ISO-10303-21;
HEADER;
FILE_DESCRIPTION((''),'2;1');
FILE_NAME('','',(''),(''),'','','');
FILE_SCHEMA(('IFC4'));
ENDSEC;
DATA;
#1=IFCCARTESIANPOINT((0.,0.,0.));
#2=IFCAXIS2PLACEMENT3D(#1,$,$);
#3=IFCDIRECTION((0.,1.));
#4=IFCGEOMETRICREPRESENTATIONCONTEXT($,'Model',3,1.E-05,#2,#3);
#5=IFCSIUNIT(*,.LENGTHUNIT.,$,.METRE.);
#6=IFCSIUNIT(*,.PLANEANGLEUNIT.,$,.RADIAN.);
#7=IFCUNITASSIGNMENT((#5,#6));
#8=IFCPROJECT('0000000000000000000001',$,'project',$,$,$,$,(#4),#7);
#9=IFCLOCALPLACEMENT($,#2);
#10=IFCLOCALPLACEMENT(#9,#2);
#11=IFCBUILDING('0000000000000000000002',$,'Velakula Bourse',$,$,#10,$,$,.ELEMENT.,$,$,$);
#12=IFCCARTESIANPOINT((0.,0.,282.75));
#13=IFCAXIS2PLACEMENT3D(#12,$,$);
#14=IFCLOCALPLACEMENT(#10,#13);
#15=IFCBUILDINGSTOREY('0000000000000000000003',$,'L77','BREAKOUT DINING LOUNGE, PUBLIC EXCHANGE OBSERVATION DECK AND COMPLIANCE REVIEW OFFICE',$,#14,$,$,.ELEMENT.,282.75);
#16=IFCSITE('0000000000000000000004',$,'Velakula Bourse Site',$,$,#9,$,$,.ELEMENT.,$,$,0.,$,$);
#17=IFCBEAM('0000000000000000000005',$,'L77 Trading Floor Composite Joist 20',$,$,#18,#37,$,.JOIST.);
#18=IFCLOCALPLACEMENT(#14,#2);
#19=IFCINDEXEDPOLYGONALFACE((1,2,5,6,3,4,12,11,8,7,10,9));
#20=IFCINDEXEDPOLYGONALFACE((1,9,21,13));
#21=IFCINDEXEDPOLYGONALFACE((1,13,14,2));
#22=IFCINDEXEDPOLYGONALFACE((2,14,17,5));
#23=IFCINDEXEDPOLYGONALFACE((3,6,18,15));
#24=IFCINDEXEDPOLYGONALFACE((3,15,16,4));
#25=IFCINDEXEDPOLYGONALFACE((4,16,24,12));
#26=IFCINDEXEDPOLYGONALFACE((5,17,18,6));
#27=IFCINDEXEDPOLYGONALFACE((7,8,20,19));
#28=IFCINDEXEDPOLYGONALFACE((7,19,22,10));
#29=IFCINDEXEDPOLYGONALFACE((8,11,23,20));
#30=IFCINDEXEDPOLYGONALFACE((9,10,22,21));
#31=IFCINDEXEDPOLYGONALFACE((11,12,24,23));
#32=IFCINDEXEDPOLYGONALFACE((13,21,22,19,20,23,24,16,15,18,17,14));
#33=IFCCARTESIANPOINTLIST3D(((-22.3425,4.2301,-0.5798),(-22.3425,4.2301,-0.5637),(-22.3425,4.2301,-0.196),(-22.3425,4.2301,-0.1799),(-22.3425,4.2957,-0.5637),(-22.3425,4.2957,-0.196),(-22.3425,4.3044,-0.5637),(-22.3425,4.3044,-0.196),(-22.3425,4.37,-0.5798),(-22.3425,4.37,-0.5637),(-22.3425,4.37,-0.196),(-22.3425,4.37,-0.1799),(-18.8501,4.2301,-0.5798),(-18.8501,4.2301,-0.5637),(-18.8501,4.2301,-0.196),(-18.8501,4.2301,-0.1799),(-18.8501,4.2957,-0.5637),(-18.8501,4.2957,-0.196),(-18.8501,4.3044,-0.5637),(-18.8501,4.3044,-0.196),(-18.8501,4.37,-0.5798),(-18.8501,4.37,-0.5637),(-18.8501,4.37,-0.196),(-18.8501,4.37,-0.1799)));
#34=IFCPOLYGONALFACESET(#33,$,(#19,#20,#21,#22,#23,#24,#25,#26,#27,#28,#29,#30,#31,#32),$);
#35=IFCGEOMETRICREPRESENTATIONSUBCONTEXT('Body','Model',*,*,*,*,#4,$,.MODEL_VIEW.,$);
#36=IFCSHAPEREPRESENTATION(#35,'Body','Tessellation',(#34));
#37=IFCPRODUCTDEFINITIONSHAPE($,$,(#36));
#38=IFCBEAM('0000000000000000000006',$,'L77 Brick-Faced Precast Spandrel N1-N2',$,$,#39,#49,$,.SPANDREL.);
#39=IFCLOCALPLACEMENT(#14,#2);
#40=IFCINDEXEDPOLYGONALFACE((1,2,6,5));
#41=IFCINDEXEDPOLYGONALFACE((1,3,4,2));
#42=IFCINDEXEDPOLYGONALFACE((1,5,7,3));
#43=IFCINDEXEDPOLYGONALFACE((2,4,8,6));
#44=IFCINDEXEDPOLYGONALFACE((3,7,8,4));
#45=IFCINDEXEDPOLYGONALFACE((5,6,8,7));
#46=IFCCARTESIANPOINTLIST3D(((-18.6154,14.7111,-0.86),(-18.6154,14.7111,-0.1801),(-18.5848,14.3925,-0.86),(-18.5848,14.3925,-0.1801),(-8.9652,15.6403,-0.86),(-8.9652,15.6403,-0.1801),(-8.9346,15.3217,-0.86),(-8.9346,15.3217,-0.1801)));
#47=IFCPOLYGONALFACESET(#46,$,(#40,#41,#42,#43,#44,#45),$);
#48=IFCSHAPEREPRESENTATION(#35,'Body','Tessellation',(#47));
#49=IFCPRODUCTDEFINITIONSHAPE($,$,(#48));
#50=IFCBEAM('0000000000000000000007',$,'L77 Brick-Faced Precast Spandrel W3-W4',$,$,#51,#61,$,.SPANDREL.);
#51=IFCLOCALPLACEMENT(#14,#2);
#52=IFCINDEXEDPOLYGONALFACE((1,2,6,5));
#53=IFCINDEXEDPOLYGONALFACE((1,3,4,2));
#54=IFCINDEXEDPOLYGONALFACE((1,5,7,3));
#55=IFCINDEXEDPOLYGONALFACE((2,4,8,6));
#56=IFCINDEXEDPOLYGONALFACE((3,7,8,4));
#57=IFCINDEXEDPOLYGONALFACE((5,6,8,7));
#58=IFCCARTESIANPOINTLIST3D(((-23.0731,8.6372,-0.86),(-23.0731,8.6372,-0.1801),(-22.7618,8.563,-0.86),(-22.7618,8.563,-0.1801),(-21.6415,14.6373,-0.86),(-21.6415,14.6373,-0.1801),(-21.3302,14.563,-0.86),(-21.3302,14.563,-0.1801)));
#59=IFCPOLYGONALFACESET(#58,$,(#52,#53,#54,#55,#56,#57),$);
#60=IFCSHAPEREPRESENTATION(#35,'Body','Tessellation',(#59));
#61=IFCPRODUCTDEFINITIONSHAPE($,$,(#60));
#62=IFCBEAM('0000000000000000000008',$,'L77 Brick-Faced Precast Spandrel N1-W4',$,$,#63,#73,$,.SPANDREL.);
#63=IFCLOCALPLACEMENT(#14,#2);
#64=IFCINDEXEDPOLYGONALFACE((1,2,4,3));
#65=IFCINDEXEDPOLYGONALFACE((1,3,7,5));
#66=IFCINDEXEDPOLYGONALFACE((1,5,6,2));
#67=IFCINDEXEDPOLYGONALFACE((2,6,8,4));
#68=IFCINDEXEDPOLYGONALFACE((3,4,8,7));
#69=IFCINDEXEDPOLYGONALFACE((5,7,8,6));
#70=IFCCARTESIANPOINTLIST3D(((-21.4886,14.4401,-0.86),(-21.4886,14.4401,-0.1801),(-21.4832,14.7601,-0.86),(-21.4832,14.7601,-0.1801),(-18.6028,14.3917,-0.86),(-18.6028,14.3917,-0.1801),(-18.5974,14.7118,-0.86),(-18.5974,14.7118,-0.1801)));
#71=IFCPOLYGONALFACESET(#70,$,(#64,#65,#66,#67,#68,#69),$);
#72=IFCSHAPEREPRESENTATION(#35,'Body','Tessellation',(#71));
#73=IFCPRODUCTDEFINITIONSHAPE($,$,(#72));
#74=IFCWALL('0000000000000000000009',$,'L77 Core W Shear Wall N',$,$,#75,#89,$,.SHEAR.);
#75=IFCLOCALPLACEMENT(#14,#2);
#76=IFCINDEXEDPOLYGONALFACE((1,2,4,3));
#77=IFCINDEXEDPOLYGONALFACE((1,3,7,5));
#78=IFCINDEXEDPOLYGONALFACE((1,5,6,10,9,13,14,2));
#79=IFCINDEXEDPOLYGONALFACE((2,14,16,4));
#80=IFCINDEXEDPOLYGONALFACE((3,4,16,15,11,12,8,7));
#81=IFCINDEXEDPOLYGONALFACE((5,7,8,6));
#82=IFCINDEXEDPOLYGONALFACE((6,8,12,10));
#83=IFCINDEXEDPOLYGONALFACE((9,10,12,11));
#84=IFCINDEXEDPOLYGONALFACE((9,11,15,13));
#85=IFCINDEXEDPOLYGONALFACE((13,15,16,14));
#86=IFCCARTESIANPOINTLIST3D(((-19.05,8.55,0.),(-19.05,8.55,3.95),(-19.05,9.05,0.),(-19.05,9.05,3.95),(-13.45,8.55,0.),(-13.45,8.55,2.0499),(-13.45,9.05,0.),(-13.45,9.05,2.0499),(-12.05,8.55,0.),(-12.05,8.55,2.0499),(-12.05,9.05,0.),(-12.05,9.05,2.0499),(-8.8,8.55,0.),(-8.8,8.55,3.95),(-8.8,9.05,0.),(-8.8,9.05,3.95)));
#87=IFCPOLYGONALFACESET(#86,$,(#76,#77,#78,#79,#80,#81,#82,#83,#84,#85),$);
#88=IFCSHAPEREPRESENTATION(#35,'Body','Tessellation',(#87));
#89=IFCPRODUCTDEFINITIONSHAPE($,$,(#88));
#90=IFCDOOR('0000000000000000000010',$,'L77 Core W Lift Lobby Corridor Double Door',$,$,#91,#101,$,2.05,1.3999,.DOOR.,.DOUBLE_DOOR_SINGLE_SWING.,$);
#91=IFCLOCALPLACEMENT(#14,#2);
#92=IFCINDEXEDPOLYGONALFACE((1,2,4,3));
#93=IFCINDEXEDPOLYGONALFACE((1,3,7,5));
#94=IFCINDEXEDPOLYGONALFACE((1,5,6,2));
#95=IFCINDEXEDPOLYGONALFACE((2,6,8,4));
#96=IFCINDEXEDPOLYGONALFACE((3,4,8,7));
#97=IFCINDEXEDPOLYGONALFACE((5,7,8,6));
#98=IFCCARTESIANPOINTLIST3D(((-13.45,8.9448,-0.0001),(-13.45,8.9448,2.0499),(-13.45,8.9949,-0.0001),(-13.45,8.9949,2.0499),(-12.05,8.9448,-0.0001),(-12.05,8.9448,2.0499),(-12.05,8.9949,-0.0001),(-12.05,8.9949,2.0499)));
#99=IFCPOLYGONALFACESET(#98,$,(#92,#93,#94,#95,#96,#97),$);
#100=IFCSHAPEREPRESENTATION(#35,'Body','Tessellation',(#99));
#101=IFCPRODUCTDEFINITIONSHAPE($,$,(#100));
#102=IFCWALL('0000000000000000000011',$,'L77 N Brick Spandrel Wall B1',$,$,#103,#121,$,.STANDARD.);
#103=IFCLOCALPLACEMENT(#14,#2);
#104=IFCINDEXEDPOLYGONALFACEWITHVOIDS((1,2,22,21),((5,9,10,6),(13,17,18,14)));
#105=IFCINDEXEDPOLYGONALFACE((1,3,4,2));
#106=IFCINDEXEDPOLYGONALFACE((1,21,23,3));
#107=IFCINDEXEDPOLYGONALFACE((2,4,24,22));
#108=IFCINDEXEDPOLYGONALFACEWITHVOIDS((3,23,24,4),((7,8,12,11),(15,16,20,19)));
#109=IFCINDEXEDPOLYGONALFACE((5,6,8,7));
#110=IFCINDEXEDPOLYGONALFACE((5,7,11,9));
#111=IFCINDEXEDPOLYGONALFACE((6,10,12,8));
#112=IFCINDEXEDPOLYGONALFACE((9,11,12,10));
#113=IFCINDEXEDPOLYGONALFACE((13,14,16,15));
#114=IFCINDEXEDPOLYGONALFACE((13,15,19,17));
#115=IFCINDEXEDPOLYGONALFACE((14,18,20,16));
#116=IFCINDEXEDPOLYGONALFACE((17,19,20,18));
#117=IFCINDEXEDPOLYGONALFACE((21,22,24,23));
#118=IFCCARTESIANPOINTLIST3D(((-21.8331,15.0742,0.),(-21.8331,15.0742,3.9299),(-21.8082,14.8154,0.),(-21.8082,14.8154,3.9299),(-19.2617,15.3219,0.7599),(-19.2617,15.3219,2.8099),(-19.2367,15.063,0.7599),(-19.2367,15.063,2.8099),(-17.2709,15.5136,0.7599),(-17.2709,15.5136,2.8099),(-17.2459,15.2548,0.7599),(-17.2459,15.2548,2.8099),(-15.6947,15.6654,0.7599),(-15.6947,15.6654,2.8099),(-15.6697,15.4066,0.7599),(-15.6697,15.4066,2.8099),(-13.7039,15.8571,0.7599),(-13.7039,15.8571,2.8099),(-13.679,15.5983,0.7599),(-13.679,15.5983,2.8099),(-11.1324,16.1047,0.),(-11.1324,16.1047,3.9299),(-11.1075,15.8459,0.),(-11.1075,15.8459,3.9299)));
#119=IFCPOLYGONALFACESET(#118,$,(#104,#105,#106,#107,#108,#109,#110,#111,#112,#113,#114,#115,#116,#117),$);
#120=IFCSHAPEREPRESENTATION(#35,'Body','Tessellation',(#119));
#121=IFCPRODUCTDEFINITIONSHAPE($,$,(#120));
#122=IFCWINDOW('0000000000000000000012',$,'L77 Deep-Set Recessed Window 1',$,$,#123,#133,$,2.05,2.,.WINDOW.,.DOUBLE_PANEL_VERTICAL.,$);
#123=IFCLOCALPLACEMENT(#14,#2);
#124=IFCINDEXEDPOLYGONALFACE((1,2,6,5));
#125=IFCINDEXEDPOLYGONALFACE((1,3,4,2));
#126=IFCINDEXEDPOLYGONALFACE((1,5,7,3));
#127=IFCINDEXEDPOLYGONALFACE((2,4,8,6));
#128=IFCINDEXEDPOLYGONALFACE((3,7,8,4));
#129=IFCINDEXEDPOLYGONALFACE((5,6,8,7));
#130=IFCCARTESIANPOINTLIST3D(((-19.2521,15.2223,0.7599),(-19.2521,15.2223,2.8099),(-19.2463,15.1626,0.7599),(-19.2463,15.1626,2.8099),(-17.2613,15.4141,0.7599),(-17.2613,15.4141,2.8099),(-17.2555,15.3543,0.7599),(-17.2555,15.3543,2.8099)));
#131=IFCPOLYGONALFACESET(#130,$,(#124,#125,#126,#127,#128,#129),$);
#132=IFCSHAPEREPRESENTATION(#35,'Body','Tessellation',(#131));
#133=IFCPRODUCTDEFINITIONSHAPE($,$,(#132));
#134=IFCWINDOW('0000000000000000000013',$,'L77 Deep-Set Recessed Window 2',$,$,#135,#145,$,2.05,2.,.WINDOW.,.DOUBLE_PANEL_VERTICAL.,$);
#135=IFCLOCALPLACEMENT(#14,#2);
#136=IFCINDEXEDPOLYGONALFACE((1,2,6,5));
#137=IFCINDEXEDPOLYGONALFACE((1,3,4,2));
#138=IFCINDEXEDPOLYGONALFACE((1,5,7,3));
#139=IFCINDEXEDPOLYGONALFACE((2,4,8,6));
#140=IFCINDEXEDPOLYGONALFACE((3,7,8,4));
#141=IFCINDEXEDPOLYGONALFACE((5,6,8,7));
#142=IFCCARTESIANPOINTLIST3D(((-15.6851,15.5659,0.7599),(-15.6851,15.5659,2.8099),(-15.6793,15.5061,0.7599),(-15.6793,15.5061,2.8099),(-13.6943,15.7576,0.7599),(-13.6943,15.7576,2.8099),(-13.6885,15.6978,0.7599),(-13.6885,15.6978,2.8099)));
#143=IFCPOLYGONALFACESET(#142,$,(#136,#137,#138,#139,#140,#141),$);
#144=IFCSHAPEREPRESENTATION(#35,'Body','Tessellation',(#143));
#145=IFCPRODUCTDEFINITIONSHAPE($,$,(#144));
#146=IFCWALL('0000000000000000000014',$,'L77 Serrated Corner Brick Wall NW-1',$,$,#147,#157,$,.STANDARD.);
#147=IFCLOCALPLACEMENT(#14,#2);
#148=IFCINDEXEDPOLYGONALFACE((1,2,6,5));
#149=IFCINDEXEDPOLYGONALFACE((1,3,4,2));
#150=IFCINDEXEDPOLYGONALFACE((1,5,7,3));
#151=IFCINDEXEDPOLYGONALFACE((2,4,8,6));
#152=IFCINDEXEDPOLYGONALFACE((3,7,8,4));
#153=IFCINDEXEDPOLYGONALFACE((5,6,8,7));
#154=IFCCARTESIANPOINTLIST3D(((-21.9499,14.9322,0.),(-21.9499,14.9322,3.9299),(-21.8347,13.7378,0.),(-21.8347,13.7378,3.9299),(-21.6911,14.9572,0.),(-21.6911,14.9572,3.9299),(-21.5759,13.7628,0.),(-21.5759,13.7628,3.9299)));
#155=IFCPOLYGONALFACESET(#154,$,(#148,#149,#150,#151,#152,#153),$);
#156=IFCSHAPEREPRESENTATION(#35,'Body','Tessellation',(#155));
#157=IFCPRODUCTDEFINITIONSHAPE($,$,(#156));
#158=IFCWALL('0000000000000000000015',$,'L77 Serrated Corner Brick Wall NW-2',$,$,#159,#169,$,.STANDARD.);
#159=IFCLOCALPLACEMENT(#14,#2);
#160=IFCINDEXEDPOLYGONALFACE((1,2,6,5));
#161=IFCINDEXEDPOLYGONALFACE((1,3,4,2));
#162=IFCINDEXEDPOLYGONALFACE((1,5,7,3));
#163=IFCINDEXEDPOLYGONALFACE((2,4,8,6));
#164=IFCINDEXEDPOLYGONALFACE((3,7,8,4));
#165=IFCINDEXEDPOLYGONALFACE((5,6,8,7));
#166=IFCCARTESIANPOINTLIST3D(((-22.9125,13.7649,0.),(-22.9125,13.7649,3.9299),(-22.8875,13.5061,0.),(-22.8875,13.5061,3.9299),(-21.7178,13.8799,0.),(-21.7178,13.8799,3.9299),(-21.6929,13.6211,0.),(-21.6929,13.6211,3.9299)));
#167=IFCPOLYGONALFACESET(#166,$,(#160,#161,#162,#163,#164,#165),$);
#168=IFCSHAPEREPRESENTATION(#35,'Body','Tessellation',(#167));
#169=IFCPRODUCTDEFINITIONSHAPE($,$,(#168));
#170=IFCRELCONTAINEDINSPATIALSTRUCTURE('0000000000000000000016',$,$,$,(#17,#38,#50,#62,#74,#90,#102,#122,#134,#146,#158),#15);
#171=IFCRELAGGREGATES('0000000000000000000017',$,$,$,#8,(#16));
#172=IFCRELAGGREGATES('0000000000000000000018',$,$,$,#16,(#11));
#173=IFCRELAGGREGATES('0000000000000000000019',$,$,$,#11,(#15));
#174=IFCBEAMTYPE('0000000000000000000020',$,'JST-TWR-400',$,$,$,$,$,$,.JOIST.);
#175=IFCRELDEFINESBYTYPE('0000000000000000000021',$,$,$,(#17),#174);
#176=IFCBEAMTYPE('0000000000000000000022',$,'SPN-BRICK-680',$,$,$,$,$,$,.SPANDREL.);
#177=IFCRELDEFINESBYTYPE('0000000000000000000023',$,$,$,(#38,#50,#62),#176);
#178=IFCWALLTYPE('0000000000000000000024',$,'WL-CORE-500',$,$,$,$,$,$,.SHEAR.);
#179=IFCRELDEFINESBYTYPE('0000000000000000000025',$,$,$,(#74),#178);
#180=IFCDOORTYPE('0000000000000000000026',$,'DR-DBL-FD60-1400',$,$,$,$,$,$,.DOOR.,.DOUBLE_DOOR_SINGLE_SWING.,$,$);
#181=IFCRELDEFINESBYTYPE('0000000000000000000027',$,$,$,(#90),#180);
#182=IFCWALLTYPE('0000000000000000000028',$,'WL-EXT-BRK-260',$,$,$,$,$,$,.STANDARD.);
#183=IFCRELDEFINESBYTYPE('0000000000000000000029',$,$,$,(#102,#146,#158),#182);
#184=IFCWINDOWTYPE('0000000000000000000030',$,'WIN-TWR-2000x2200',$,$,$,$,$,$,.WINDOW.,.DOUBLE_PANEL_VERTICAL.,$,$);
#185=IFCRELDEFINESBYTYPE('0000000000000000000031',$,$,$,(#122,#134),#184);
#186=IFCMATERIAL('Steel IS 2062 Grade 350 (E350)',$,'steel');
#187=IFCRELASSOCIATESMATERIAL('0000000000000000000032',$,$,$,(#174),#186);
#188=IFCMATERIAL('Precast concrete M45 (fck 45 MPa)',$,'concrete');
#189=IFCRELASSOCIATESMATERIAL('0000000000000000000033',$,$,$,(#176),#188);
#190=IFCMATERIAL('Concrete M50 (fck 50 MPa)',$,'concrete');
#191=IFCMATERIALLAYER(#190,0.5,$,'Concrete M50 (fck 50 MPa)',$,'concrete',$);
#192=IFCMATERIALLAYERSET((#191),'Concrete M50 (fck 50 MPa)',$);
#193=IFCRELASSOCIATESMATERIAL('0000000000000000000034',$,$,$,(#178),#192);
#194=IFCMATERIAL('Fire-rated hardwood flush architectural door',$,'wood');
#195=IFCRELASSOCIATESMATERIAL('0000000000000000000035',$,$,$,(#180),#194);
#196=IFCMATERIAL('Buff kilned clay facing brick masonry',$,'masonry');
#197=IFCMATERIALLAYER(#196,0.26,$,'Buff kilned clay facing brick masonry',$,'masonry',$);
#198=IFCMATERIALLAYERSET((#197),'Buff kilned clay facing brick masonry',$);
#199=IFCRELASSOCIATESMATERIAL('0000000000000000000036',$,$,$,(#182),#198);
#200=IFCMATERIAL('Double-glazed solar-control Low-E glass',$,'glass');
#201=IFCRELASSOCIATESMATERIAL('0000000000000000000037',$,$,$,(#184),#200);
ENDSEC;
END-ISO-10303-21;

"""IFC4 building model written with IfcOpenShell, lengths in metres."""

from ifc_helpers import new_model, si_unit, direction, frame, frame_2d, origin, origin_2d, place, context, subcontext, project, spatial, rectangle, i_section, extrude, material, layer, layer_set, material_profile, profile_set, type_object, element, fill, save


model = new_model("IFC4")

# Units and contexts
model_context = context("Model", 3, precision=1e-05, world=origin(), true_north=direction((0.0, 1.0)))
body_context = subcontext(model_context, "Body", "Model", "MODEL_VIEW")
ifc_project = project(units=[si_unit("LENGTHUNIT", "METRE"), si_unit("PLANEANGLEUNIT", "RADIAN")], contexts=[model_context])

# Site, building, storey
site_placement = place(None, origin())
site = spatial("IfcSite", under=ifc_project, at=site_placement, Name="Velakula Bourse Site", CompositionType="ELEMENT", RefElevation=0.0)
building_placement = place(site_placement, origin())
building = spatial("IfcBuilding", under=site, at=building_placement, Name="Velakula Bourse", CompositionType="ELEMENT")
storey_placement = place(building_placement, frame((0.0, 0.0, 282.75)))
storey = spatial("IfcBuildingStorey", under=building, at=storey_placement, Name="L77", Description="BREAKOUT DINING LOUNGE, PUBLIC EXCHANGE OBSERVATION DECK AND COMPLIANCE REVIEW OFFICE", CompositionType="ELEMENT", Elevation=282.75)

# Shared definitions
ifc_material_1 = material(Name="Concrete M50 (fck 50 MPa)", Category="concrete")
ifc_material_2 = material(Name="Steel IS 2062 Grade 350 (E350)", Category="steel")

# Beams
ifc_material_profile_1 = material_profile(ifc_material_2, i_section(OverallWidth=0.1399, OverallDepth=0.3999, WebThickness=0.0088, FlangeThickness=0.0161, at=origin_2d()), Name="Steel IS 2062 Grade 350 (E350)")
ifc_profile_set_1 = profile_set([ifc_material_profile_1], Name="Steel IS 2062 Grade 350 (E350)")
beam_type_1 = type_object("IfcBeamType", Name="JST-TWR-400", PredefinedType="JOIST", material=ifc_profile_set_1)
beam_1_placement = place(storey_placement, frame((-22.3425, 4.3, -0.3799), z_axis=(1.0, 0.0, 0.0), x_axis=(0.0, 1.0, 0.0)))
element("IfcBeam", 1, at=beam_1_placement, inside=storey, type_object=beam_type_1, Name="L77 Trading Floor Composite Joist 20", PredefinedType="JOIST", context=body_context, shape_type="SweptSolid", body=[
    extrude(i_section(OverallWidth=0.1399, OverallDepth=0.3999, WebThickness=0.0088, FlangeThickness=0.0161, at=origin_2d()), origin(), (0.0, 0.0, 1.0), 3.4924),
])
ifc_material_3 = material(Name="Precast concrete M45 (fck 45 MPa)", Category="concrete")
ifc_material_profile_2 = material_profile(ifc_material_3, rectangle(XDim=0.3201, YDim=0.6799, at=origin_2d()), Name="Precast concrete M45 (fck 45 MPa)")
ifc_profile_set_2 = profile_set([ifc_material_profile_2], Name="Precast concrete M45 (fck 45 MPa)")
beam_type_2 = type_object("IfcBeamType", Name="SPN-BRICK-680", PredefinedType="SPANDREL", material=ifc_profile_set_2)
beam_2_placement = place(storey_placement, frame((-18.6001, 14.5518, -0.52), z_axis=(0.995396, 0.095845, 0.0), x_axis=(-0.095845, 0.995396, 0.0)))
element("IfcBeam", 2, at=beam_2_placement, inside=storey, type_object=beam_type_2, Name="L77 Brick-Faced Precast Spandrel N1-N2", PredefinedType="SPANDREL", context=body_context, shape_type="SweptSolid", body=[
    extrude(rectangle(XDim=0.3201, YDim=0.6799, at=origin_2d()), origin(), (0.0, 0.0, 1.0), 9.6948),
])
beam_3_placement = place(storey_placement, frame((-22.9175, 8.6001, -0.52), z_axis=(0.232091, 0.972694, 0.0), x_axis=(-0.972694, 0.232091, 0.0)))
element("IfcBeam", 3, at=beam_3_placement, inside=storey, type_object=beam_type_2, Name="L77 Brick-Faced Precast Spandrel W3-W4", PredefinedType="SPANDREL", context=body_context, shape_type="SweptSolid", body=[
    extrude(rectangle(XDim=0.3201, YDim=0.6799, at=origin_2d()), origin(), (0.0, 0.0, 1.0), 6.1685),
])
beam_4_placement = place(storey_placement, frame((-18.6001, 14.5518, -0.52), z_axis=(-0.99986, 0.016749, 0.0), x_axis=(-0.016749, -0.99986, 0.0)))
element("IfcBeam", 4, at=beam_4_placement, inside=storey, type_object=beam_type_2, Name="L77 Brick-Faced Precast Spandrel N1-W4", PredefinedType="SPANDREL", context=body_context, shape_type="SweptSolid", body=[
    extrude(rectangle(XDim=0.3201, YDim=0.6799, at=origin_2d()), origin(), (0.0, 0.0, 1.0), 2.8862),
])

# Wall, opening, door
ifc_layer_1 = layer(ifc_material_1, 0.5, Name="Concrete M50 (fck 50 MPa)", Category="concrete")
ifc_layer_set_1 = layer_set([ifc_layer_1], Name="Concrete M50 (fck 50 MPa)")
wall_type_1 = type_object("IfcWallType", Name="WL-CORE-500", PredefinedType="SHEAR", material=ifc_layer_set_1)
wall_1_placement = place(storey_placement, frame((-19.05, 8.8, 0.0), z_axis=(0.0, 0.0, 1.0), x_axis=(1.0, 0.0, 0.0)))
wall_1 = element("IfcWall", 5, at=wall_1_placement, inside=storey, type_object=wall_type_1, Name="L77 Core W Shear Wall N", PredefinedType="SHEAR", context=body_context, shape_type="SweptSolid", body=[
    extrude(rectangle(XDim=10.25, YDim=0.5, at=frame_2d((5.125, 0.0))), origin(), (0.0, 0.0, 1.0), 3.95),
])
opening_1_placement = place(wall_1_placement, frame((5.6001, 0.0, 0.0)))
opening_1 = element("IfcOpeningElement", 6, at=opening_1_placement, cuts=wall_1, PredefinedType="OPENING", context=body_context, shape_type="SweptSolid", body=[
    extrude(rectangle(XDim=1.3999, YDim=2.05, at=frame_2d((0.7, 1.0249))), frame((0.0, 0.26, 0.0), z_axis=(0.0, -1.0, 0.0), x_axis=(1.0, 0.0, 0.0)), (0.0, 0.0, 1.0), 0.52),
])
ifc_material_4 = material(Name="Fire-rated hardwood flush architectural door", Category="wood")
door_type_1 = type_object("IfcDoorType", Name="DR-DBL-FD60-1400", OperationType="DOUBLE_DOOR_SINGLE_SWING", PredefinedType="DOOR", material=ifc_material_4)
door_1_placement = place(opening_1_placement, origin())
door_1 = element("IfcDoor", 7, at=door_1_placement, inside=storey, type_object=door_type_1, Name="L77 Core W Lift Lobby Corridor Double Door", OperationType="DOUBLE_DOOR_SINGLE_SWING", OverallHeight=2.05, OverallWidth=1.3999, PredefinedType="DOOR", context=body_context, shape_type="SweptSolid", body=[
    extrude(rectangle(XDim=1.3999, YDim=2.05, at=frame_2d((0.7, 1.0249))), frame((0.0, 0.1948, 0.0), z_axis=(0.0, -1.0, 0.0), x_axis=(1.0, 0.0, 0.0)), (0.0, 0.0, 1.0), 0.05),
])
fill(opening_1, door_1)

# Wall, openings, windows
ifc_material_5 = material(Name="Buff kilned clay facing brick masonry", Category="masonry")
ifc_layer_2 = layer(ifc_material_5, 0.26, Name="Buff kilned clay facing brick masonry", Category="masonry")
ifc_layer_set_2 = layer_set([ifc_layer_2], Name="Buff kilned clay facing brick masonry")
wall_type_2 = type_object("IfcWallType", Name="WL-EXT-BRK-260", PredefinedType="STANDARD", material=ifc_layer_set_2)
wall_2_placement = place(storey_placement, frame((-21.8206, 14.9448, 0.0), z_axis=(0.0, 0.0, 1.0), x_axis=(0.995395, 0.09586, 0.0)))
wall_2 = element("IfcWall", 8, at=wall_2_placement, inside=storey, type_object=wall_type_2, Name="L77 N Brick Spandrel Wall B1", PredefinedType="STANDARD", context=body_context, shape_type="SweptSolid", body=[
    extrude(rectangle(XDim=10.7502, YDim=0.26, at=frame_2d((5.375, 0.0))), origin(), (0.0, 0.0, 1.0), 3.9299),
])
opening_2_placement = place(wall_2_placement, frame((2.5833, 0.0, 0.76)))
opening_2 = element("IfcOpeningElement", 9, at=opening_2_placement, cuts=wall_2, PredefinedType="OPENING", context=body_context, shape_type="SweptSolid", body=[
    extrude(rectangle(XDim=2.0, YDim=2.05, at=frame_2d((1.0, 1.0249))), frame((0.0, 0.1399, 0.0), z_axis=(0.0, -1.0, 0.0), x_axis=(1.0, 0.0, 0.0)), (0.0, 0.0, 1.0), 0.28),
])
opening_3_placement = place(wall_2_placement, frame((6.1667, 0.0, 0.76)))
opening_3 = element("IfcOpeningElement", 10, at=opening_3_placement, cuts=wall_2, PredefinedType="OPENING", context=body_context, shape_type="SweptSolid", body=[
    extrude(rectangle(XDim=2.0, YDim=2.05, at=frame_2d((1.0, 1.0249))), frame((0.0, 0.1399, 0.0), z_axis=(0.0, -1.0, 0.0), x_axis=(1.0, 0.0, 0.0)), (0.0, 0.0, 1.0), 0.28),
])
ifc_material_6 = material(Name="Double-glazed solar-control Low-E glass", Category="glass")
window_type = type_object("IfcWindowType", Name="WIN-TWR-2000x2200", PartitioningType="DOUBLE_PANEL_VERTICAL", PredefinedType="WINDOW", material=ifc_material_6)
window_1_placement = place(opening_2_placement, origin())
window_1 = element("IfcWindow", 11, at=window_1_placement, inside=storey, type_object=window_type, Name="L77 Deep-Set Recessed Window 1", OverallHeight=2.05, OverallWidth=2.0, PartitioningType="DOUBLE_PANEL_VERTICAL", PredefinedType="WINDOW", context=body_context, shape_type="SweptSolid", body=[
    extrude(rectangle(XDim=2.0, YDim=2.05, at=frame_2d((1.0, 1.0249))), frame((0.0, 0.03, 0.0), z_axis=(0.0, -1.0, 0.0), x_axis=(1.0, 0.0, 0.0)), (0.0, 0.0, 1.0), 0.0601),
])
fill(opening_2, window_1)
window_2_placement = place(opening_3_placement, origin())
window_2 = element("IfcWindow", 12, at=window_2_placement, inside=storey, type_object=window_type, Name="L77 Deep-Set Recessed Window 2", OverallHeight=2.05, OverallWidth=2.0, PartitioningType="DOUBLE_PANEL_VERTICAL", PredefinedType="WINDOW", context=body_context, shape_type="SweptSolid", body=[
    extrude(rectangle(XDim=2.0, YDim=2.05, at=frame_2d((1.0, 1.0249))), frame((0.0, 0.03, 0.0), z_axis=(0.0, -1.0, 0.0), x_axis=(1.0, 0.0, 0.0)), (0.0, 0.0, 1.0), 0.0601),
])
fill(opening_3, window_2)

# Walls
wall_3_placement = place(storey_placement, frame((-21.8206, 14.9448, 0.0), z_axis=(0.0, 0.0, 1.0), x_axis=(0.096038, -0.995378, 0.0)))
element("IfcWall", 13, at=wall_3_placement, inside=storey, type_object=wall_type_2, Name="L77 Serrated Corner Brick Wall NW-1", PredefinedType="STANDARD", context=body_context, shape_type="SweptSolid", body=[
    extrude(rectangle(XDim=1.2, YDim=0.26, at=frame_2d((0.6001, 0.0))), origin(), (0.0, 0.0, 1.0), 3.9299),
])
for number, where, z_axis, x_axis, name in (
    (14, (-21.7053, 13.7505, 0.0), (0.0, 0.0, 1.0), (-0.995399, -0.095817, 0.0), "L77 Serrated Corner Brick Wall NW-2"),
):
    element("IfcWall", number, at=place(storey_placement, frame(where, z_axis=z_axis, x_axis=x_axis)), inside=storey, type_object=wall_type_2, Name=name, PredefinedType="STANDARD", context=body_context, shape_type="SweptSolid", body=[
        extrude(rectangle(XDim=1.2002, YDim=0.26, at=frame_2d((0.6001, 0.0))), origin(), (0.0, 0.0, 1.0), 3.9299),
    ])

save(model, "model.ifc")
